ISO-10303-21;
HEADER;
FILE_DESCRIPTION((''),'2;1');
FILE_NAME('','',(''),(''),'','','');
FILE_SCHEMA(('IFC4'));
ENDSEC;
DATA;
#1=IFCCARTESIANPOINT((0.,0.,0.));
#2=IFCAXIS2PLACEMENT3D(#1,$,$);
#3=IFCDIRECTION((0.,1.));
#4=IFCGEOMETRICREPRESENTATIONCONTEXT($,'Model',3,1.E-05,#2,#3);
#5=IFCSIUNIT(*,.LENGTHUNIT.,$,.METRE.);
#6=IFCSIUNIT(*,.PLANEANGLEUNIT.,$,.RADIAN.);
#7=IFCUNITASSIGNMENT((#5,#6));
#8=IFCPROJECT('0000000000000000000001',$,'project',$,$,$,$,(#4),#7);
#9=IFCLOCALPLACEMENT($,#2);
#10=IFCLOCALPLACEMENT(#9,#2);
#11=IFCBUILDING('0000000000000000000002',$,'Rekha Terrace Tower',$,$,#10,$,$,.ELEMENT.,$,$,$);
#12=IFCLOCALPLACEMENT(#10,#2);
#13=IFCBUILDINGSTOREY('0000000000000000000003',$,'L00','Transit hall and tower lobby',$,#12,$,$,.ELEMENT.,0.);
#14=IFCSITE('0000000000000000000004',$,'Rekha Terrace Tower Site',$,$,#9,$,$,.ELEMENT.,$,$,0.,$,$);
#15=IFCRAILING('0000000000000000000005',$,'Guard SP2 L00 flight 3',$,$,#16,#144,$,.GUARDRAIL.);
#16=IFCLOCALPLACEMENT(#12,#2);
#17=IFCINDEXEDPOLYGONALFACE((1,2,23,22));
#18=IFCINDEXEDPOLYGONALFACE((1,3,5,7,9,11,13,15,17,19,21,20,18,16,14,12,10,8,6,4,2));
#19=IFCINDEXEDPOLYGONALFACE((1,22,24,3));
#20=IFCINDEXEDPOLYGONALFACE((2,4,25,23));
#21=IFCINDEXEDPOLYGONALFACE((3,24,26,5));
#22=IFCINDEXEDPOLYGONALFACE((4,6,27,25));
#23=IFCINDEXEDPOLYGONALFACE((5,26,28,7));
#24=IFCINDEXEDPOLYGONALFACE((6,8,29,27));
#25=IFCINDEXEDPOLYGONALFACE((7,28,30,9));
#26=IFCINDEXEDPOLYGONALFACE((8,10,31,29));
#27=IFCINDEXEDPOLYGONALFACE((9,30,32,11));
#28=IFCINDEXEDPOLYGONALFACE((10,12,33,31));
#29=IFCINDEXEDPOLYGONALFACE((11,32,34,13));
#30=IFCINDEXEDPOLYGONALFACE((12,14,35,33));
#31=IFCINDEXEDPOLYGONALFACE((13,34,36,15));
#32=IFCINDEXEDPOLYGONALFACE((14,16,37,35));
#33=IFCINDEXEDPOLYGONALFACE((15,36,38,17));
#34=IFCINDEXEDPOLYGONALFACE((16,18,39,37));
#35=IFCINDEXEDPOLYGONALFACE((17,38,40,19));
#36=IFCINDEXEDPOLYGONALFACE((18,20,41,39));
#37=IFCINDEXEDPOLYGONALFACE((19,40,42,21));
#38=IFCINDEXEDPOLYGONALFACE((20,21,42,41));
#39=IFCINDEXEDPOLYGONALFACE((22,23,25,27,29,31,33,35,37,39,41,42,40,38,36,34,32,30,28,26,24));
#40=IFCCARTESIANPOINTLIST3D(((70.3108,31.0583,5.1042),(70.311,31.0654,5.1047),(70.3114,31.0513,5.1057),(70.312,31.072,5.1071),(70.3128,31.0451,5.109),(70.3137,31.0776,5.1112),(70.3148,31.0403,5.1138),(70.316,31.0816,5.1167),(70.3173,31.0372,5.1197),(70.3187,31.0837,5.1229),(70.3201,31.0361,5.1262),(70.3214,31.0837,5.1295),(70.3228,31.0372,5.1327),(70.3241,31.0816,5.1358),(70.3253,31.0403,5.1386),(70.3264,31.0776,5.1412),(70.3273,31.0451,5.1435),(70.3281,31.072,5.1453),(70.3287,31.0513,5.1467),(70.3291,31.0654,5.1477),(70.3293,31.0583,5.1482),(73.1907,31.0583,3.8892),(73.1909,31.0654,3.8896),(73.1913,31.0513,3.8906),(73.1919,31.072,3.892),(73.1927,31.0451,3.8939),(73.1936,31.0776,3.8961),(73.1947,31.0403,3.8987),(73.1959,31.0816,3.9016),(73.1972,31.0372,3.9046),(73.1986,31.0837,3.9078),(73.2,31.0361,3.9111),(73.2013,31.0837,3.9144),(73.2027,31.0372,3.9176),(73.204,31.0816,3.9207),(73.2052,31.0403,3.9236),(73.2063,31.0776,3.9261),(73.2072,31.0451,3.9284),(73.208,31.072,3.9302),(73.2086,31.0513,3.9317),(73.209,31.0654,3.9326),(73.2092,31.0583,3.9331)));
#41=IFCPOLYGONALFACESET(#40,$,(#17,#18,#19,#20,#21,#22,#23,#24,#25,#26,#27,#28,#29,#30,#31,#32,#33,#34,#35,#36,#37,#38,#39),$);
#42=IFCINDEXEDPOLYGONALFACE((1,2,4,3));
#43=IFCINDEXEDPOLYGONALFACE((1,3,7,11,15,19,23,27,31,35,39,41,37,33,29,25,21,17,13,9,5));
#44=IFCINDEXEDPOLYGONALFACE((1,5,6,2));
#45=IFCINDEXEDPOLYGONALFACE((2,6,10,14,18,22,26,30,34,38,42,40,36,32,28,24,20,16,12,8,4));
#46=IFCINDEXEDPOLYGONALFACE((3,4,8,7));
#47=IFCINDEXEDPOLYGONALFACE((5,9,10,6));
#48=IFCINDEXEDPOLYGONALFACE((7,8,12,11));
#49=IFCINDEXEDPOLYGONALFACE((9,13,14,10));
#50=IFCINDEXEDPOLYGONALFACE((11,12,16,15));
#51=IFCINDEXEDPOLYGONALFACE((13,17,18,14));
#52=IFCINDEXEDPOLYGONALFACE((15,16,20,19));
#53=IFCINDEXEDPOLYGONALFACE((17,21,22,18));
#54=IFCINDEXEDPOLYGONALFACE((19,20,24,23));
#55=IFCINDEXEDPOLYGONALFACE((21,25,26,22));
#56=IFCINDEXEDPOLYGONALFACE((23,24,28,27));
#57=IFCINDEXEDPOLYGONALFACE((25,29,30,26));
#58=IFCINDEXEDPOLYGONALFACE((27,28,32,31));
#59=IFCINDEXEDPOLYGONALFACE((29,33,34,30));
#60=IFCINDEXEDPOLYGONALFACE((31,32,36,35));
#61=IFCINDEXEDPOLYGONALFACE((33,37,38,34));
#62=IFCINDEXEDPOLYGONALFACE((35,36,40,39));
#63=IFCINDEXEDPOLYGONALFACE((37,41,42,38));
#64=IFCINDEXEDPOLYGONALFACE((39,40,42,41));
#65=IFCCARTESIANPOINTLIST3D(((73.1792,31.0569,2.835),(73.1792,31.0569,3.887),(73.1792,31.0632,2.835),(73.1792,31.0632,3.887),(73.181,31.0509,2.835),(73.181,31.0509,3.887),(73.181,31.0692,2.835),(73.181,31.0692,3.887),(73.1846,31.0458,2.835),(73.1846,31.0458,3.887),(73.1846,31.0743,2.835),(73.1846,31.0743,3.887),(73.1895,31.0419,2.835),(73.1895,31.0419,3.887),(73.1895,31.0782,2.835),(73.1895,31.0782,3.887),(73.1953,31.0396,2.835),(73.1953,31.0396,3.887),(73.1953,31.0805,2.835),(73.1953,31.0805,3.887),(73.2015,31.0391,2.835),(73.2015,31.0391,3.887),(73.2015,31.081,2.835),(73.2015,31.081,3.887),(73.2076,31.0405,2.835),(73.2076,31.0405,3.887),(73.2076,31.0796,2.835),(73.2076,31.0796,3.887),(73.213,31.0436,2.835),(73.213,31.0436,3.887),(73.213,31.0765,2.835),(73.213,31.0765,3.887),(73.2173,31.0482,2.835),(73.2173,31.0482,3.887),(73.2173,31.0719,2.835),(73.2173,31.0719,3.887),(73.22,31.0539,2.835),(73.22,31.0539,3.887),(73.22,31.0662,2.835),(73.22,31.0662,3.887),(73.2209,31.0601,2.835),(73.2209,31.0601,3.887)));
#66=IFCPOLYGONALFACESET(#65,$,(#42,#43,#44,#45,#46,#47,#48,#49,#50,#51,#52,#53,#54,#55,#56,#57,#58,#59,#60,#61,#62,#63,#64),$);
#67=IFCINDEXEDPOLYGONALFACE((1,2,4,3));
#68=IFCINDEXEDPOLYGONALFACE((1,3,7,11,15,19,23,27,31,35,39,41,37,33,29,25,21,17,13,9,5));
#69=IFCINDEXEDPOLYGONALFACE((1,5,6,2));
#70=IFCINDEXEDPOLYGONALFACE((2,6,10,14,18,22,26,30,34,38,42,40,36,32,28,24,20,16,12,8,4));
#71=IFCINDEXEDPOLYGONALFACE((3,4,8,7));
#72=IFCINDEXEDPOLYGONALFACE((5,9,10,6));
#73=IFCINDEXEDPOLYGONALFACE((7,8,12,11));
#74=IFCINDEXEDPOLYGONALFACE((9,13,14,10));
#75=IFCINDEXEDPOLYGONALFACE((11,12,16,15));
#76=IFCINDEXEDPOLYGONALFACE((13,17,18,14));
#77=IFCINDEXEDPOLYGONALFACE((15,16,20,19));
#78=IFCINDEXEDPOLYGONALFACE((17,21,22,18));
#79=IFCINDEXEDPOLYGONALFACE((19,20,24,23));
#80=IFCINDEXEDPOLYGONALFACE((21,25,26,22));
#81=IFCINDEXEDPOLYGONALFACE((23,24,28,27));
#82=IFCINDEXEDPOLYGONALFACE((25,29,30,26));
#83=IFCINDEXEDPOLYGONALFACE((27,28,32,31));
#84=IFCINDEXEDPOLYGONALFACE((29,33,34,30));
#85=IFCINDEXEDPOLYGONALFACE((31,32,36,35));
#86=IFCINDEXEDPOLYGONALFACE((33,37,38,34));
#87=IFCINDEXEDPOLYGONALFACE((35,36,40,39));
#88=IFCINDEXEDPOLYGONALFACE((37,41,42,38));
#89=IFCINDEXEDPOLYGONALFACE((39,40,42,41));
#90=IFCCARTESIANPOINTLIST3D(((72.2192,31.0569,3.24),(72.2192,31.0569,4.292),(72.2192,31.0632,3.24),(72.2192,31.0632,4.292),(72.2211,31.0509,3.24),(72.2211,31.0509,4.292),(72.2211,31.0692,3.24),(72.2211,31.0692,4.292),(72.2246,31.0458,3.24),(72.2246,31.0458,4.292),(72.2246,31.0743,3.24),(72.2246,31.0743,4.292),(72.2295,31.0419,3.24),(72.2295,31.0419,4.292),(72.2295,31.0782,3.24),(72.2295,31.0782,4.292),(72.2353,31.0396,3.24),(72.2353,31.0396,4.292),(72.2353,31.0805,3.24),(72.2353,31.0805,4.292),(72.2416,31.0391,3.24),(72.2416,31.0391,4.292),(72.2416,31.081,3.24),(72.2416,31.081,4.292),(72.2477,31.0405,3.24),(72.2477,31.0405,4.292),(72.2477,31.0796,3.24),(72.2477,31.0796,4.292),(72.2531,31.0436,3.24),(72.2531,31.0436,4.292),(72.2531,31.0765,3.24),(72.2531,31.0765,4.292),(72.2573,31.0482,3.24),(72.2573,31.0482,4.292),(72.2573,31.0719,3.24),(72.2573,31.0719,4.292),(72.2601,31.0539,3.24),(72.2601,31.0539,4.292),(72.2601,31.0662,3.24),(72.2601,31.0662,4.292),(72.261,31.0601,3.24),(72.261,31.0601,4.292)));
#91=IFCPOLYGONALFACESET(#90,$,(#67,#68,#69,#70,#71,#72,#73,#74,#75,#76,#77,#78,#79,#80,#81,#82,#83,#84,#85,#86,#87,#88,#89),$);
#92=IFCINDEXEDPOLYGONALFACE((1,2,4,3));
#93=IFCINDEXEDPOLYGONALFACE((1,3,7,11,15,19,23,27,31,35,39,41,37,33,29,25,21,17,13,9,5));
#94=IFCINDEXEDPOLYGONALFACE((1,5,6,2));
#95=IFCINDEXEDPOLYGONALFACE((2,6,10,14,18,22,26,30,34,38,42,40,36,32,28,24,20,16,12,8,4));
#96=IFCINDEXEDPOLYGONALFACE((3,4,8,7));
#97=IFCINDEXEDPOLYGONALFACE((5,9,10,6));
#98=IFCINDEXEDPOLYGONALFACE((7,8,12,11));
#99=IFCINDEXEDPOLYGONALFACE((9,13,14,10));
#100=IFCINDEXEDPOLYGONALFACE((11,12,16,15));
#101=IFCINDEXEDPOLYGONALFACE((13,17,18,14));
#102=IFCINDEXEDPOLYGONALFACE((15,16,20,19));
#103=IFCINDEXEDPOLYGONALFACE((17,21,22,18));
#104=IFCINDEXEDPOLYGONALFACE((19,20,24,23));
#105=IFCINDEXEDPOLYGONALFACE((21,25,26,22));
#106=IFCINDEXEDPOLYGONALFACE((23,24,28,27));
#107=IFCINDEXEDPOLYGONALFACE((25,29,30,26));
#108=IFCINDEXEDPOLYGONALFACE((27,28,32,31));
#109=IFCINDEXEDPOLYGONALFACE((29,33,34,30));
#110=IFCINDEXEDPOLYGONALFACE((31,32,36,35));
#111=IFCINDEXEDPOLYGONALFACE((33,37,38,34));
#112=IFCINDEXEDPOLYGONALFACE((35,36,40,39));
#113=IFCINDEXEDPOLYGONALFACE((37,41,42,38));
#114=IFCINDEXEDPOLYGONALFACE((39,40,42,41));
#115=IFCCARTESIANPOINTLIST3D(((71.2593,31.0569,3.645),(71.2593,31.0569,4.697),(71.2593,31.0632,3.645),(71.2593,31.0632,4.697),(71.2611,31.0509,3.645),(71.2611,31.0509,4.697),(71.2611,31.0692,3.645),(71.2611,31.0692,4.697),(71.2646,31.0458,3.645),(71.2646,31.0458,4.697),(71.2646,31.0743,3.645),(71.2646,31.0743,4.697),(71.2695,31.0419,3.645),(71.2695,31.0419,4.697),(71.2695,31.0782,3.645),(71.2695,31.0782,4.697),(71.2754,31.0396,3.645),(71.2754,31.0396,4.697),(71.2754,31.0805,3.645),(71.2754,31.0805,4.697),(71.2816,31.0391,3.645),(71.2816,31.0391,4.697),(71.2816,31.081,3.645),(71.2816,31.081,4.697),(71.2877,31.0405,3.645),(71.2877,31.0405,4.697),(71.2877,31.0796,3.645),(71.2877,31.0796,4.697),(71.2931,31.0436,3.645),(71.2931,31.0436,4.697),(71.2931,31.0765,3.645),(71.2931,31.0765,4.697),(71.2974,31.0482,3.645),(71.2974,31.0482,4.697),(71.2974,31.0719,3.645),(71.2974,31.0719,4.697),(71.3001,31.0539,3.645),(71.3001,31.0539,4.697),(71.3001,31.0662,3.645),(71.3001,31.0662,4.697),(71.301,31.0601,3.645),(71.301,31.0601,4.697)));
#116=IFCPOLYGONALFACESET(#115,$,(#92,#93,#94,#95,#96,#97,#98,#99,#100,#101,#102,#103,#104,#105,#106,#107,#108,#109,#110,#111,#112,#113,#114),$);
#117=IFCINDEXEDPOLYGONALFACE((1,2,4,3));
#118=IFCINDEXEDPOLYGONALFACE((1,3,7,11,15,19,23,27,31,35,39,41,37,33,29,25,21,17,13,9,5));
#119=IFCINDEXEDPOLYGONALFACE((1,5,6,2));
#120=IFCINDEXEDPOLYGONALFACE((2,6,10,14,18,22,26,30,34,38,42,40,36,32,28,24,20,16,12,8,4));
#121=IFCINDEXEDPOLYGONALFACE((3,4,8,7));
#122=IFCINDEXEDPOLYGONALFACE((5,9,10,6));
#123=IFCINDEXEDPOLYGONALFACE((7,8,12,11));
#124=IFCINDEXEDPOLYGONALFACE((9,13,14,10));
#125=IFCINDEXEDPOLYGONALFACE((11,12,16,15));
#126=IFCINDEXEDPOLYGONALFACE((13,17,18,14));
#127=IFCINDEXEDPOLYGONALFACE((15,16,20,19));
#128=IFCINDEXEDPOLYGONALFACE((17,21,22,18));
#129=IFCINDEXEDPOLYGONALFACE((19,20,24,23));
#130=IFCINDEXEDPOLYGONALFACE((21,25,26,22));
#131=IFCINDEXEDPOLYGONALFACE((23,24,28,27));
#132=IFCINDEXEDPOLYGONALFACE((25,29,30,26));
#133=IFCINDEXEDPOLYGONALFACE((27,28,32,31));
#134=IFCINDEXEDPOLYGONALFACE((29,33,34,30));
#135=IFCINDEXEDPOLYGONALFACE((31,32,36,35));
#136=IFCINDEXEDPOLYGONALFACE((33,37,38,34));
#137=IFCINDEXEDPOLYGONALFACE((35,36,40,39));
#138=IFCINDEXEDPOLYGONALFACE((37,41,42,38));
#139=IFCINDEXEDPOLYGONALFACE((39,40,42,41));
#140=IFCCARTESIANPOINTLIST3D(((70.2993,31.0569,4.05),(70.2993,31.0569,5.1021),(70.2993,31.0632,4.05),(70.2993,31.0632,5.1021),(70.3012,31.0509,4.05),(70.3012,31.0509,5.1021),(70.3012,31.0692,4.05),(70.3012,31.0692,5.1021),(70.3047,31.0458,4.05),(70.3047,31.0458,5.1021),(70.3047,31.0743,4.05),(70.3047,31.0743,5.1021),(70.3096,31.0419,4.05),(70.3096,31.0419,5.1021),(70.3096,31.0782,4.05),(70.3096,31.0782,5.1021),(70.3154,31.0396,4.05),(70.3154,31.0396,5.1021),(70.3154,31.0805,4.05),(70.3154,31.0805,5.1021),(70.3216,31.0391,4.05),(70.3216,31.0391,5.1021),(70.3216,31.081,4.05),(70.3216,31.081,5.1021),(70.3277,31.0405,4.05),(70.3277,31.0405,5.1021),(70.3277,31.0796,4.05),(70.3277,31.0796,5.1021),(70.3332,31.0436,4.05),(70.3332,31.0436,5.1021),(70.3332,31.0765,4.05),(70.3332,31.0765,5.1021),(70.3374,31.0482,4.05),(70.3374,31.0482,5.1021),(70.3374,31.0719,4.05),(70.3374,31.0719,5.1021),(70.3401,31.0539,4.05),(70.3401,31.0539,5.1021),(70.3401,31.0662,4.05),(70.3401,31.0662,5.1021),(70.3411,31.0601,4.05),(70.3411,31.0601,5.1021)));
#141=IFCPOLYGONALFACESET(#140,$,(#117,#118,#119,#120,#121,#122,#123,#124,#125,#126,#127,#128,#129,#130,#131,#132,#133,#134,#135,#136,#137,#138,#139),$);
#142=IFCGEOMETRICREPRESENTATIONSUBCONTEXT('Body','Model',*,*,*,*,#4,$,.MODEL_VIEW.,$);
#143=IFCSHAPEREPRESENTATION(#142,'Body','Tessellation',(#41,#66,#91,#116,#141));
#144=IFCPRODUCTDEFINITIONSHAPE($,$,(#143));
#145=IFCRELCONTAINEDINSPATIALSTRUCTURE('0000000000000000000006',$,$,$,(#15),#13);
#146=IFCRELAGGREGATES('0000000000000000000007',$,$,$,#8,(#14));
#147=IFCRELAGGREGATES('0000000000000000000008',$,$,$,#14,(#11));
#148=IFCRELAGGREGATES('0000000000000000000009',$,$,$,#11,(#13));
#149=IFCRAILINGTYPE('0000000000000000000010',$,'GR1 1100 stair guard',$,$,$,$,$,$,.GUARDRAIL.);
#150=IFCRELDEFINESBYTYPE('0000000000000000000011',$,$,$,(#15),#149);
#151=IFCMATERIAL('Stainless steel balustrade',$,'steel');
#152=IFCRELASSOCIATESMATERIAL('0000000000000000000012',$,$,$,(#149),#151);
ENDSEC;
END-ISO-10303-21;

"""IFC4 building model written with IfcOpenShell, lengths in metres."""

from ifc_helpers import new_model, si_unit, direction, frame, origin, origin_2d, place, context, subcontext, project, spatial, circle, extrude, material, type_object, element, save


model = new_model("IFC4")

# Units and contexts
model_context = context("Model", 3, precision=1e-05, world=origin(), true_north=direction((0.0, 1.0)))
body_context = subcontext(model_context, "Body", "Model", "MODEL_VIEW")
ifc_project = project(units=[si_unit("LENGTHUNIT", "METRE"), si_unit("PLANEANGLEUNIT", "RADIAN")], contexts=[model_context])

# Site, building, storey
site_placement = place(None, origin())
site = spatial("IfcSite", under=ifc_project, at=site_placement, Name="Rekha Terrace Tower Site", CompositionType="ELEMENT", RefElevation=0.0)
building_placement = place(site_placement, origin())
building = spatial("IfcBuilding", under=site, at=building_placement, Name="Rekha Terrace Tower", CompositionType="ELEMENT")
storey_placement = place(building_placement, origin())
storey = spatial("IfcBuildingStorey", under=building, at=storey_placement, Name="L00", Description="Transit hall and tower lobby", CompositionType="ELEMENT", Elevation=0.0)

# Railing
ifc_material_1 = material(Name="Stainless steel balustrade", Category="steel")
railing_type_1 = type_object("IfcRailingType", Name="GR1 1100 stair guard", PredefinedType="GUARDRAIL", material=ifc_material_1)
railing_1_placement = place(storey_placement, frame((73.2, 31.0601, 2.835)))
element("IfcRailing", 1, at=railing_1_placement, inside=storey, type_object=railing_type_1, Name="Guard SP2 L00 flight 3", PredefinedType="GUARDRAIL", context=body_context, shape_type="SweptSolid", body=[
    extrude(circle(Radius=0.0239, at=origin_2d()), frame((0.0, 0.0, 1.0762), z_axis=(-0.921348, 0.0, 0.388738), x_axis=(0.0, -1.0, 0.0)), (0.0, 0.0, 1.0), 3.1257),
    extrude(circle(Radius=0.021, at=origin_2d()), origin(), (0.0, 0.0, 1.0), 1.052),
    extrude(circle(Radius=0.021, at=origin_2d()), frame((-0.96, 0.0, 0.405)), (0.0, 0.0, 1.0), 1.052),
    extrude(circle(Radius=0.021, at=origin_2d()), frame((-1.9199, 0.0, 0.8101)), (0.0, 0.0, 1.0), 1.052),
    extrude(circle(Radius=0.021, at=origin_2d()), frame((-2.8799, 0.0, 1.2151)), (0.0, 0.0, 1.0), 1.052),
])

save(model, "model.ifc")
